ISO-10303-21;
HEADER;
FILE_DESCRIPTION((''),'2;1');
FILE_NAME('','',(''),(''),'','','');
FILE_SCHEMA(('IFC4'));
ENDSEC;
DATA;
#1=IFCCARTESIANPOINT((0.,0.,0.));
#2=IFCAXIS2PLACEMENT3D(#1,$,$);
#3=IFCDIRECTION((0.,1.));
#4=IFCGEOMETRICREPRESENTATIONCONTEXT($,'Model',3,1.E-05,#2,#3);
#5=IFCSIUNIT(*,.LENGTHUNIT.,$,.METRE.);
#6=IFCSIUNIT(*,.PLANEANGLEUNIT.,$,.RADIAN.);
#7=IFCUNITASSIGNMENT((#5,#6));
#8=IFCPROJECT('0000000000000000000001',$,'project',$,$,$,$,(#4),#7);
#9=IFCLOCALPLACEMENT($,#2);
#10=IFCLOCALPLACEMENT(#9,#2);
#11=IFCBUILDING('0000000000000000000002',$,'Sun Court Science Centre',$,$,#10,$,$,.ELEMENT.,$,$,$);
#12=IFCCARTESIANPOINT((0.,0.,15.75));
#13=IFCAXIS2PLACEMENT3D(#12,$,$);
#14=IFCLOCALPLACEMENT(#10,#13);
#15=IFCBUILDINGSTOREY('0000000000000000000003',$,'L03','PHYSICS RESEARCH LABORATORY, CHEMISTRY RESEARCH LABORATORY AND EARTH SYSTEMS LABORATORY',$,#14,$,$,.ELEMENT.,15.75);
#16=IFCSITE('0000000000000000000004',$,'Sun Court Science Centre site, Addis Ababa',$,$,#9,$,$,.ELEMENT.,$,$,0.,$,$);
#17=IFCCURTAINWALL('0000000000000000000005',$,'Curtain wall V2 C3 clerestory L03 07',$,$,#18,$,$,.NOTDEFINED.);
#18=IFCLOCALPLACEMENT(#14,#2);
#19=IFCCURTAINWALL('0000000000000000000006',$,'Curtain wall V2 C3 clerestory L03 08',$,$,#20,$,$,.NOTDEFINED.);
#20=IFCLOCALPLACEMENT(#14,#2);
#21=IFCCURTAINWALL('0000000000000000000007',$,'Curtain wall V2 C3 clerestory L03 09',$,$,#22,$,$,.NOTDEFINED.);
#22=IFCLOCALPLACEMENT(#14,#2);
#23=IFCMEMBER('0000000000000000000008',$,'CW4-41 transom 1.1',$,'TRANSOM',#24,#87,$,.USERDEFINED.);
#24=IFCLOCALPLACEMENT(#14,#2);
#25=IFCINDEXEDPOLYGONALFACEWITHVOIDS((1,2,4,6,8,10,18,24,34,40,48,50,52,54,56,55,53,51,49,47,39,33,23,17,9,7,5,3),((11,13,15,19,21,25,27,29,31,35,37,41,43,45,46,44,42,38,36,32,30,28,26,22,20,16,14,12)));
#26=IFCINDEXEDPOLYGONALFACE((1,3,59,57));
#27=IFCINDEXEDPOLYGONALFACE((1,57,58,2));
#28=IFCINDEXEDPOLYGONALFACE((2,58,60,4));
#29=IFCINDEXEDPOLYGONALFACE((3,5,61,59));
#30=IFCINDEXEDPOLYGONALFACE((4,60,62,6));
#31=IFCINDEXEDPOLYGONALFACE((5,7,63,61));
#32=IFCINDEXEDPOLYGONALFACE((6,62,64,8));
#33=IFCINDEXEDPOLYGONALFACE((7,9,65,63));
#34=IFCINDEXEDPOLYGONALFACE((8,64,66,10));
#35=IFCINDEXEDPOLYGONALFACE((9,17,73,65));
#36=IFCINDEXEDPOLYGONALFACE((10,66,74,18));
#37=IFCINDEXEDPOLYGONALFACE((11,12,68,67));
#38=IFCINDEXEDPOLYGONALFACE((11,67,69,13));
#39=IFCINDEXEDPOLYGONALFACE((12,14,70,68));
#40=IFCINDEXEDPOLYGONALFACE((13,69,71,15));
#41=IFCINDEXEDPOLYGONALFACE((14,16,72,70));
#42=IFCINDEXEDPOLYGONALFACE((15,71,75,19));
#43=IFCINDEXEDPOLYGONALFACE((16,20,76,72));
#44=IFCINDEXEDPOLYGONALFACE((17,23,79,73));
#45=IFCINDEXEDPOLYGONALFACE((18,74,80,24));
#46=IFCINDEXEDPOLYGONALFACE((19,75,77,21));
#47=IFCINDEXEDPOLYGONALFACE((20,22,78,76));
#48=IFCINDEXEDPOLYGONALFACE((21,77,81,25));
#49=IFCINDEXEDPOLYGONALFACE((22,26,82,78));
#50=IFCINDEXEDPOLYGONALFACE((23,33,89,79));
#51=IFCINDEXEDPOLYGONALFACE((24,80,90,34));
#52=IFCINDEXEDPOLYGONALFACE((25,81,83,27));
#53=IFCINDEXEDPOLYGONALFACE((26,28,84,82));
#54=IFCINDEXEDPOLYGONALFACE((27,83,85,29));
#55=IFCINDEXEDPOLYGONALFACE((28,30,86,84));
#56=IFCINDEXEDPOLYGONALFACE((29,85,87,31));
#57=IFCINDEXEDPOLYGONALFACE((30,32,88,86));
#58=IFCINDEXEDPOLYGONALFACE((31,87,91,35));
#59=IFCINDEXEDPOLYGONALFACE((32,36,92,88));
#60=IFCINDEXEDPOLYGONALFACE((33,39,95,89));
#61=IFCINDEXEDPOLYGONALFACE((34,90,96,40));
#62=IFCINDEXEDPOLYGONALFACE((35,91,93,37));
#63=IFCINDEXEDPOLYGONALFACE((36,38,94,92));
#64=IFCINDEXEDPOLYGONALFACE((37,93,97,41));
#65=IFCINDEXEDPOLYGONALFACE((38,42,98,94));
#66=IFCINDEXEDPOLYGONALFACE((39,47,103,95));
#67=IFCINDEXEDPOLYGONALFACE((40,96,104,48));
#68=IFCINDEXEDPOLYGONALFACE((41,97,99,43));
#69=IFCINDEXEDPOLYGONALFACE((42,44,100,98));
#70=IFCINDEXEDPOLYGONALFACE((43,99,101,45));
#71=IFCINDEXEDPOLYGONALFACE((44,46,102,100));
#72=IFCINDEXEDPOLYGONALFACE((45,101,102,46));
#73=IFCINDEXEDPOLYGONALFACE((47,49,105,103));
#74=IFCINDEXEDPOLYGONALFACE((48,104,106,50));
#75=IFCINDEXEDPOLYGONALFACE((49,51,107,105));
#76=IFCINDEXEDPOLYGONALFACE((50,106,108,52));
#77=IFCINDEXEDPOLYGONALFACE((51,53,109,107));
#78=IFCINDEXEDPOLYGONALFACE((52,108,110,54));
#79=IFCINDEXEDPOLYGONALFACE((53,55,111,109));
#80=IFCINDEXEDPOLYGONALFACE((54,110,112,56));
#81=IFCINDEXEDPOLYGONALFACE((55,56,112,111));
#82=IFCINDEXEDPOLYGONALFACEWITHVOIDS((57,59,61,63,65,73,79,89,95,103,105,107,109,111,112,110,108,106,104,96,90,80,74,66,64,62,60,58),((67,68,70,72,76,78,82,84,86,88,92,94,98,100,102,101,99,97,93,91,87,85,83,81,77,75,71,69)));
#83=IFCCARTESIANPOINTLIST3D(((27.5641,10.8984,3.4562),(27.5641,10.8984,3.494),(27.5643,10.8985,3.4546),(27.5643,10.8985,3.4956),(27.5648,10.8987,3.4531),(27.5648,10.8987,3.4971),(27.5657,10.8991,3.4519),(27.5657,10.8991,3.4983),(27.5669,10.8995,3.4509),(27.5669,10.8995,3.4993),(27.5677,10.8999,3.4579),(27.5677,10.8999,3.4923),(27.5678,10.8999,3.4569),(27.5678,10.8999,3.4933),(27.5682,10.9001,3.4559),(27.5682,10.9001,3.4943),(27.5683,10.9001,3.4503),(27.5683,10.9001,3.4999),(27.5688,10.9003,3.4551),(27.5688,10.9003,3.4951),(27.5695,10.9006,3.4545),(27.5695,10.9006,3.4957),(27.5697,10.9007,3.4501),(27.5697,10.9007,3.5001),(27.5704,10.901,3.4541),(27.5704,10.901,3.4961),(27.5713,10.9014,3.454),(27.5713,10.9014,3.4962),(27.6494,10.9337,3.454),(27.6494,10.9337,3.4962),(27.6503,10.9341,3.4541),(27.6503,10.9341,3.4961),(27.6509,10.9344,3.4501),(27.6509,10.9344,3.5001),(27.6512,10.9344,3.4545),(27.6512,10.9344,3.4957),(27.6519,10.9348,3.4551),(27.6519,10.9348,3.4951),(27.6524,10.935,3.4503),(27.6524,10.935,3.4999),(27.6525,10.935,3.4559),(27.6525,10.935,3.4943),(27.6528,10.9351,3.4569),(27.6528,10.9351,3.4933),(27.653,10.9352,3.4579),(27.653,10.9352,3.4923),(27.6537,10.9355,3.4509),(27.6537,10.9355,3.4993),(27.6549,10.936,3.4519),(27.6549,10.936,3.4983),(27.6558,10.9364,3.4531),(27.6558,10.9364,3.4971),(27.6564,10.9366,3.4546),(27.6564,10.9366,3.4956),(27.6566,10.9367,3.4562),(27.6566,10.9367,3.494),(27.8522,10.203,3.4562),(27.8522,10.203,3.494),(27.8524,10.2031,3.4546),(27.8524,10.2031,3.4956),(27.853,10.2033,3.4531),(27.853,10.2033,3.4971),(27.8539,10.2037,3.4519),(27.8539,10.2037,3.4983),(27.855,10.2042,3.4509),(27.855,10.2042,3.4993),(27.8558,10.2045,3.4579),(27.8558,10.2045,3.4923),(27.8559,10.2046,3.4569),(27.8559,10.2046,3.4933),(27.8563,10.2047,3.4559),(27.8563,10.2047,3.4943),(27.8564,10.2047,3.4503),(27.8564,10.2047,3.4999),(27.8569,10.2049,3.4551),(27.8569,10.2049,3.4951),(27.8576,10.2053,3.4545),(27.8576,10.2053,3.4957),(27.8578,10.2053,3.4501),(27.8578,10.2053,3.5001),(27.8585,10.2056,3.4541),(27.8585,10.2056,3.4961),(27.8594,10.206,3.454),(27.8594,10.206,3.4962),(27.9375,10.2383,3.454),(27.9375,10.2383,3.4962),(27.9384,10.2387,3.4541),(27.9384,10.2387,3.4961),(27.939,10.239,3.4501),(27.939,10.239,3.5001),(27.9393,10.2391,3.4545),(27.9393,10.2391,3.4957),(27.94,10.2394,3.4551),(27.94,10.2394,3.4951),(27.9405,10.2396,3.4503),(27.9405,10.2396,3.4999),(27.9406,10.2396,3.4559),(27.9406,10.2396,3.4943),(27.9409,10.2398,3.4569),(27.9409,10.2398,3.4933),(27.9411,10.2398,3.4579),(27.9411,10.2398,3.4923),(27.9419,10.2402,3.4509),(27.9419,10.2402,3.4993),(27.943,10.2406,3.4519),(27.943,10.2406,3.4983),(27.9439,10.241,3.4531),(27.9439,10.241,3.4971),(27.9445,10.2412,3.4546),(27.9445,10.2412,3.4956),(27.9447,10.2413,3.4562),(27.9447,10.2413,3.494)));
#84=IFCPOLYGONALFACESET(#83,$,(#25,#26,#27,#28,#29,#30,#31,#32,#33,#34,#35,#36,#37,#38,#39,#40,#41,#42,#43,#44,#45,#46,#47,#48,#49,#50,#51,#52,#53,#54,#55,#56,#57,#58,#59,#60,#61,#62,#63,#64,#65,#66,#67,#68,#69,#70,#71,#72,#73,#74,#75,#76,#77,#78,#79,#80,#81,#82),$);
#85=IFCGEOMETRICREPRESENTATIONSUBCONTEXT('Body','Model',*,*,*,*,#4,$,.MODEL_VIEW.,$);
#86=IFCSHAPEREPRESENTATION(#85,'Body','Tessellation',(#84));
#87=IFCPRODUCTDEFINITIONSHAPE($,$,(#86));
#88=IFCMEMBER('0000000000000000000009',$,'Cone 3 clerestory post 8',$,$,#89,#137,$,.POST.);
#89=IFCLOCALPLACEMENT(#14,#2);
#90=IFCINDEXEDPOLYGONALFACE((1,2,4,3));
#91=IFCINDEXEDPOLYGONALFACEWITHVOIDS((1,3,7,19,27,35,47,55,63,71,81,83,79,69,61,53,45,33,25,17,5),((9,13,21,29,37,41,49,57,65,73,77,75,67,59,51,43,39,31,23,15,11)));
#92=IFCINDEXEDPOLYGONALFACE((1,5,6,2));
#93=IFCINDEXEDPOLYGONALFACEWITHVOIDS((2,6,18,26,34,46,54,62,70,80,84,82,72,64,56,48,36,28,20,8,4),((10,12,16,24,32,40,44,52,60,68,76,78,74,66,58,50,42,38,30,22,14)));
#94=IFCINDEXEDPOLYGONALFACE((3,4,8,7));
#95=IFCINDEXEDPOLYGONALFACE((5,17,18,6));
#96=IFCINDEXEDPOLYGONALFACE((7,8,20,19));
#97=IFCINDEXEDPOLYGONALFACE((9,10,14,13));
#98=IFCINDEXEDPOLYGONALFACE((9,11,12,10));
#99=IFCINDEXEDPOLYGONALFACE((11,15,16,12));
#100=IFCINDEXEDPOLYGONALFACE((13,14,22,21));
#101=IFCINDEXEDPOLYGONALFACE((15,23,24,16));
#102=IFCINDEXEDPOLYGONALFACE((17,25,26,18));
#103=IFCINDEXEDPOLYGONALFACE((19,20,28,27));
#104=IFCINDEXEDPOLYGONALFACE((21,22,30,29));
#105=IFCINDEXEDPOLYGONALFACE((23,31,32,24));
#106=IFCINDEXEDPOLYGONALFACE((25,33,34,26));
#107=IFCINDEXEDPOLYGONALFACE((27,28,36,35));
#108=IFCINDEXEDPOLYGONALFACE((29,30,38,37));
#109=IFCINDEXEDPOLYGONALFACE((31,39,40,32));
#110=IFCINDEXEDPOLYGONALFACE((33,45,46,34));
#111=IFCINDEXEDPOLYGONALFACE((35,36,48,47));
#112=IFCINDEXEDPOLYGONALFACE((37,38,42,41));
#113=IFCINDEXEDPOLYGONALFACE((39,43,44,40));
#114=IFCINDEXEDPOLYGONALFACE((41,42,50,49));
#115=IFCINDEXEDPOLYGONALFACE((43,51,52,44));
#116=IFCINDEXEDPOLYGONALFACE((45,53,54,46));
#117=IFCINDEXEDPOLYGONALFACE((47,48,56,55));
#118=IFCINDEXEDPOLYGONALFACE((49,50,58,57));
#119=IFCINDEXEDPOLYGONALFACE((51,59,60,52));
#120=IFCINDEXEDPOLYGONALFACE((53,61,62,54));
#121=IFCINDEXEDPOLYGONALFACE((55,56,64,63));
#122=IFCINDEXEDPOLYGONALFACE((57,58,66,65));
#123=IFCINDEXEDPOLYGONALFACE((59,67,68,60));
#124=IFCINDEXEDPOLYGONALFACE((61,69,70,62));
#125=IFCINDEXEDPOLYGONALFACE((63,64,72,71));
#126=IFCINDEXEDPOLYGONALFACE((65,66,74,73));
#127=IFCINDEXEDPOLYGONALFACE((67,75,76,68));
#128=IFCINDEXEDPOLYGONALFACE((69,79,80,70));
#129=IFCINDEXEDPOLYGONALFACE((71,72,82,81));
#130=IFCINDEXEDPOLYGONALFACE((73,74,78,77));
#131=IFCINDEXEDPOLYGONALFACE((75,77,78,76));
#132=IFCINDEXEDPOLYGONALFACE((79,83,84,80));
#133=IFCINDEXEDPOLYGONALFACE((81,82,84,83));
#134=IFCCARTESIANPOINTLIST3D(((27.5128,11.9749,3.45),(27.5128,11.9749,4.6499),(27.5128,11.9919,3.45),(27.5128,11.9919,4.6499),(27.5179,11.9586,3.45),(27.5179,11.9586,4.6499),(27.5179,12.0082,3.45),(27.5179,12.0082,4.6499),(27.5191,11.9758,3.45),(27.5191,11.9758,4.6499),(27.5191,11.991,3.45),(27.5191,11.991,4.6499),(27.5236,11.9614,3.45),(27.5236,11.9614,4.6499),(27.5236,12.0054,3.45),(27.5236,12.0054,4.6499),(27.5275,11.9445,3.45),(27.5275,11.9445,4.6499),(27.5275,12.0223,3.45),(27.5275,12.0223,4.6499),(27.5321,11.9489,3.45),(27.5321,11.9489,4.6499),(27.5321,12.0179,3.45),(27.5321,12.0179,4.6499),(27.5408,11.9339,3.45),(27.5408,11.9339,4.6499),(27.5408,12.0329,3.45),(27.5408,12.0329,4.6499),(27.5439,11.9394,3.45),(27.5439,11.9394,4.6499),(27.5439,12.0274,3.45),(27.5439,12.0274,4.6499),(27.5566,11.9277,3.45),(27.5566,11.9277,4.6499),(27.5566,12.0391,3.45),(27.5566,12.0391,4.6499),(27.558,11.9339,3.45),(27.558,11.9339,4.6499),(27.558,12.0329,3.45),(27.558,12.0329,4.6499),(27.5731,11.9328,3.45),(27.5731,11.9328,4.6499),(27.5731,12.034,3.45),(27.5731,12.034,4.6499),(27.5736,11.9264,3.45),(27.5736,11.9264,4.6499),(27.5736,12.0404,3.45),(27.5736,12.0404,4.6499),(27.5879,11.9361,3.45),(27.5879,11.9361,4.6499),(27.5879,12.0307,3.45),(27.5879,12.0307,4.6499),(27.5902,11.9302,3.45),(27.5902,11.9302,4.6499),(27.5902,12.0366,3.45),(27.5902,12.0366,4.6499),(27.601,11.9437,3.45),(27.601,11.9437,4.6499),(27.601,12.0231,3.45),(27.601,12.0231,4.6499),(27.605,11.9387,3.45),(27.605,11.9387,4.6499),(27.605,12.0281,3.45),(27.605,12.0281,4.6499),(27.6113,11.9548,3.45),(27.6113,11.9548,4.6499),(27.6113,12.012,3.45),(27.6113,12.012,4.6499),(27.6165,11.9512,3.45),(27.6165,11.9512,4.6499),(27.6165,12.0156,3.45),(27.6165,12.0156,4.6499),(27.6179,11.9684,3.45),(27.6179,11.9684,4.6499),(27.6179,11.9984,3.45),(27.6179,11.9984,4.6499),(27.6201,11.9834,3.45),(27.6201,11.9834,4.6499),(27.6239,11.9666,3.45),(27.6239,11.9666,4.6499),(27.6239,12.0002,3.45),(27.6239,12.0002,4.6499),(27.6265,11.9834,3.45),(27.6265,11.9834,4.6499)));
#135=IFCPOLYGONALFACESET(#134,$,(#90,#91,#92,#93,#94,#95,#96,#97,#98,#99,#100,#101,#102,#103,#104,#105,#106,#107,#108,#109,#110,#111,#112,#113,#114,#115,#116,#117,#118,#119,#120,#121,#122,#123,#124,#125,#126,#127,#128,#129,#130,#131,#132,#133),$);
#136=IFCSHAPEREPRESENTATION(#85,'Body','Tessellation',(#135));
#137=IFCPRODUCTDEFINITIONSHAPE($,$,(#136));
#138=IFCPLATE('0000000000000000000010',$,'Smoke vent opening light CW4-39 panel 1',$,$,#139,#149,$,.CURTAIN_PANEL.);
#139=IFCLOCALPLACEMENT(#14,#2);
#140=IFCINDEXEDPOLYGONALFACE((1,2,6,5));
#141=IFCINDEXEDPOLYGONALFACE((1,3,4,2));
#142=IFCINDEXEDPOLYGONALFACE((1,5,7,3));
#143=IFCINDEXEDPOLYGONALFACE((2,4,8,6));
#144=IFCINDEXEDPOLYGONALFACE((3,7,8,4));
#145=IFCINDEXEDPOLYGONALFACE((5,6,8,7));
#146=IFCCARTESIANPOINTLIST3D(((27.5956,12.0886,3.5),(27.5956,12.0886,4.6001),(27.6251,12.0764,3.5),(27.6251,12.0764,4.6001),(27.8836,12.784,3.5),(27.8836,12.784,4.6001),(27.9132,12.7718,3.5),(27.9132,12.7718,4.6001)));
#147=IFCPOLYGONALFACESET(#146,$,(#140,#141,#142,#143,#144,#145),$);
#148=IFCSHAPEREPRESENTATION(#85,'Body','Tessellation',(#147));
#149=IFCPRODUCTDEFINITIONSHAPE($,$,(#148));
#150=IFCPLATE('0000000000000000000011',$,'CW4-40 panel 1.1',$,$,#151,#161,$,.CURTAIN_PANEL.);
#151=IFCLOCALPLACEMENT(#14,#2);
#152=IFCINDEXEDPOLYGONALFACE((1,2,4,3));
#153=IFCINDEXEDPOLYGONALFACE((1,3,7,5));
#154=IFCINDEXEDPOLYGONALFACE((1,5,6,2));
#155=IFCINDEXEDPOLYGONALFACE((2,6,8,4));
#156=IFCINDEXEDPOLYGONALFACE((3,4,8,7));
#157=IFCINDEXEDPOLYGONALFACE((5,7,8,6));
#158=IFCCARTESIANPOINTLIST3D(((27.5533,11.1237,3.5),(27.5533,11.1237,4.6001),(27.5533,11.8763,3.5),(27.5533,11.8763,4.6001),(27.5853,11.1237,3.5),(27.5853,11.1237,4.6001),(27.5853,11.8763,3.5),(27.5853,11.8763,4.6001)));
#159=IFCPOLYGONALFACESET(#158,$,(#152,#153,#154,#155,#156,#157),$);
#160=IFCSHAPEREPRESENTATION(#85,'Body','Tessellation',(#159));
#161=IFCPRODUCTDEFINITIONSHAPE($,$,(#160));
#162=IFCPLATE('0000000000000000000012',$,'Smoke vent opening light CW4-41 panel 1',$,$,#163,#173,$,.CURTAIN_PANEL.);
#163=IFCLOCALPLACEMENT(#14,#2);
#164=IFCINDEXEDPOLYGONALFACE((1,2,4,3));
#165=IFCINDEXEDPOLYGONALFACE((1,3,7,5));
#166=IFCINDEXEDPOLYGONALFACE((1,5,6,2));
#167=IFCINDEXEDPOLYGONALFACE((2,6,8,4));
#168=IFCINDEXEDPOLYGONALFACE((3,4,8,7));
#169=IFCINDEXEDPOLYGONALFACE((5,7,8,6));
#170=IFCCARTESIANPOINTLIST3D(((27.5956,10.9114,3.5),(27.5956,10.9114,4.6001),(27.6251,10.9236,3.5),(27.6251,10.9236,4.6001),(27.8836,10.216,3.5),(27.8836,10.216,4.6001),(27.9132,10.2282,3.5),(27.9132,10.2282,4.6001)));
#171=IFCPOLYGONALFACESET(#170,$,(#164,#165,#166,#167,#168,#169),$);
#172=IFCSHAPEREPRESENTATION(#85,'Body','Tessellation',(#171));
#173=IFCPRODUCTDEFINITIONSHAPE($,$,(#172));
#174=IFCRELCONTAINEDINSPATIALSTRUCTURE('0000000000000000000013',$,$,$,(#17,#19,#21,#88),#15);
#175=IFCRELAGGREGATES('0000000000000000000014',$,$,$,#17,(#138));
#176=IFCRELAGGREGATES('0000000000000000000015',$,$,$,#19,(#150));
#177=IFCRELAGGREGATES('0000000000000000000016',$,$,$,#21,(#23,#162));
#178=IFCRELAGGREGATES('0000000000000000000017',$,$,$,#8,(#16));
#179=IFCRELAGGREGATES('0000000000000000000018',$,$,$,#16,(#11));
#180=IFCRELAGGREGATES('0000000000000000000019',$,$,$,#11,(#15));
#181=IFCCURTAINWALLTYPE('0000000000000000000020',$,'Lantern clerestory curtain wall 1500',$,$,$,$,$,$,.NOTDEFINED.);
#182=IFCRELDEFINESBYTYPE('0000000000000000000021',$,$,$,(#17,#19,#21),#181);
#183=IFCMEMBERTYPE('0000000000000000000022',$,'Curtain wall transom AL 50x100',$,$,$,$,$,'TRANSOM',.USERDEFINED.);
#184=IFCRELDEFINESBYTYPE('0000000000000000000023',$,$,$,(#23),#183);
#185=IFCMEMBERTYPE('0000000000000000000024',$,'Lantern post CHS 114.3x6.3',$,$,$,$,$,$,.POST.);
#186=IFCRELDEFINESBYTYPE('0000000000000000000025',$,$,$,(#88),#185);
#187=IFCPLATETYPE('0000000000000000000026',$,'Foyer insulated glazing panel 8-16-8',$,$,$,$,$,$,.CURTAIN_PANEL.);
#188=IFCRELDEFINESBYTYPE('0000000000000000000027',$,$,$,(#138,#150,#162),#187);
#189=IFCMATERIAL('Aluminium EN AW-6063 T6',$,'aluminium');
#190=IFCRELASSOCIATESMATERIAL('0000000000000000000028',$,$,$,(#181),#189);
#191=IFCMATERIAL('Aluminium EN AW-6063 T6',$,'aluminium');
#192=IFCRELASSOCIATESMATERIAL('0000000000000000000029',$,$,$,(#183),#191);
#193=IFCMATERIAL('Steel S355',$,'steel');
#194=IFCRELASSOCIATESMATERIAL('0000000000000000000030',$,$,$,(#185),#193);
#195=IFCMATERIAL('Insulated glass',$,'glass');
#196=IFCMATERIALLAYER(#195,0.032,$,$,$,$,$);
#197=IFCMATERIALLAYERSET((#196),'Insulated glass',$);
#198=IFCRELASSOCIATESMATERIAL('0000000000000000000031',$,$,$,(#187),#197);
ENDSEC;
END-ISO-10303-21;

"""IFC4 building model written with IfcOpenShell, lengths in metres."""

from ifc_helpers import new_model, si_unit, direction, frame, origin, origin_2d, place, context, subcontext, project, spatial, rectangle, hollow_rectangle, hollow_circle, extrude, material, layer, layer_set, material_profile, profile_set, type_object, element, aggregate, save


model = new_model("IFC4")

# Units and contexts
model_context = context("Model", 3, precision=1e-05, world=origin(), true_north=direction((0.0, 1.0)))
body_context = subcontext(model_context, "Body", "Model", "MODEL_VIEW")
ifc_project = project(units=[si_unit("LENGTHUNIT", "METRE"), si_unit("PLANEANGLEUNIT", "RADIAN")], contexts=[model_context])

# Site, building, storey
site_placement = place(None, origin())
site = spatial("IfcSite", under=ifc_project, at=site_placement, Name="Sun Court Science Centre site, Addis Ababa", CompositionType="ELEMENT", RefElevation=0.0)
building_placement = place(site_placement, origin())
building = spatial("IfcBuilding", under=site, at=building_placement, Name="Sun Court Science Centre", CompositionType="ELEMENT")
storey_placement = place(building_placement, frame((0.0, 0.0, 15.75)))
storey = spatial("IfcBuildingStorey", under=building, at=storey_placement, Name="L03", Description="PHYSICS RESEARCH LABORATORY, CHEMISTRY RESEARCH LABORATORY AND EARTH SYSTEMS LABORATORY", CompositionType="ELEMENT", Elevation=15.75)

# Curtain wall
ifc_material_1 = material(Name="Aluminium EN AW-6063 T6", Category="aluminium")
curtain_wall_type = type_object("IfcCurtainWallType", Name="Lantern clerestory curtain wall 1500", PredefinedType="NOTDEFINED", material=ifc_material_1)
curtain_wall_1_placement = place(storey_placement, origin())
curtain_wall_1 = element("IfcCurtainWall", 1, at=curtain_wall_1_placement, inside=storey, type_object=curtain_wall_type, Name="Curtain wall V2 C3 clerestory L03 07", PredefinedType="NOTDEFINED")

# Curtain wall
curtain_wall_2_placement = place(storey_placement, origin())
curtain_wall_2 = element("IfcCurtainWall", 2, at=curtain_wall_2_placement, inside=storey, type_object=curtain_wall_type, Name="Curtain wall V2 C3 clerestory L03 08", PredefinedType="NOTDEFINED")

# Curtain wall
curtain_wall_3_placement = place(storey_placement, origin())
curtain_wall_3 = element("IfcCurtainWall", 3, at=curtain_wall_3_placement, inside=storey, type_object=curtain_wall_type, Name="Curtain wall V2 C3 clerestory L03 09", PredefinedType="NOTDEFINED")

# Members
ifc_material_2 = material(Name="Aluminium EN AW-6063 T6", Category="aluminium")
ifc_material_profile_1 = material_profile(ifc_material_2, hollow_rectangle(XDim=0.05, YDim=0.1001, WallThickness=0.0039, InnerFilletRadius=0.0039, OuterFilletRadius=0.0061, at=origin_2d()), Name="AL 50x100x4")
ifc_profile_set_1 = profile_set([ifc_material_profile_1], Name="Aluminium EN AW-6063 T6")
member_type_1 = type_object("IfcMemberType", Name="Curtain wall transom AL 50x100", ElementType="TRANSOM", PredefinedType="USERDEFINED", material=ifc_profile_set_1)
member_1_placement = place(storey_placement, frame((27.8984, 10.2222, 3.4751), z_axis=(-0.382772, 0.923843, 0.0), x_axis=(0.0, 0.0, 1.0)))
member_1 = element("IfcMember", 4, at=member_1_placement, type_object=member_type_1, Name="CW4-41 transom 1.1", ObjectType="TRANSOM", PredefinedType="USERDEFINED", context=body_context, shape_type="SweptSolid", body=[
    extrude(hollow_rectangle(XDim=0.05, YDim=0.1001, WallThickness=0.0039, InnerFilletRadius=0.0039, OuterFilletRadius=0.0061, at=origin_2d()), origin(), (0.0, 0.0, 1.0), 0.7527),
])
ifc_material_3 = material(Name="Steel S355", Category="steel")
ifc_material_profile_2 = material_profile(ifc_material_3, hollow_circle(Radius=0.0571, WallThickness=0.0063, at=origin_2d()), Name="CHS 114.3x6.3")
ifc_profile_set_2 = profile_set([ifc_material_profile_2], Name="Steel S355")
member_type_2 = type_object("IfcMemberType", Name="Lantern post CHS 114.3x6.3", PredefinedType="POST", material=ifc_profile_set_2)
member_2_placement = place(storey_placement, frame((27.5693, 11.9834, 3.45), z_axis=(0.0, 0.0, 1.0), x_axis=(1.0, 0.0, 0.0)))
element("IfcMember", 5, at=member_2_placement, inside=storey, type_object=member_type_2, Name="Cone 3 clerestory post 8", PredefinedType="POST", context=body_context, shape_type="SweptSolid", body=[
    extrude(hollow_circle(Radius=0.0571, WallThickness=0.0063, at=origin_2d()), origin(), (0.0, 0.0, 1.0), 1.2),
])

# Plates
ifc_material_4 = material(Name="Insulated glass", Category="glass")
ifc_layer_1 = layer(ifc_material_4, 0.032)
ifc_layer_set_1 = layer_set([ifc_layer_1], Name="Insulated glass")
plate_type = type_object("IfcPlateType", Name="Foyer insulated glazing panel 8-16-8", PredefinedType="CURTAIN_PANEL", material=ifc_layer_set_1)
plate_1_placement = place(storey_placement, frame((27.7544, 12.4302, 3.5), z_axis=(0.0, 0.0, 1.0), x_axis=(0.382683, 0.92388, 0.0)))
plate_1 = element("IfcPlate", 6, at=plate_1_placement, type_object=plate_type, Name="Smoke vent opening light CW4-39 panel 1", PredefinedType="CURTAIN_PANEL", context=body_context, shape_type="SweptSolid", body=[
    extrude(rectangle(XDim=0.7527, YDim=0.032, at=origin_2d()), origin(), (0.0, 0.0, 1.0), 1.1001),
])
aggregate(curtain_wall_1, [plate_1])
plate_2_placement = place(storey_placement, frame((27.5693, 11.5, 3.5), z_axis=(0.0, 0.0, 1.0), x_axis=(0.0, 1.0, 0.0)))
plate_2 = element("IfcPlate", 7, at=plate_2_placement, type_object=plate_type, Name="CW4-40 panel 1.1", PredefinedType="CURTAIN_PANEL", context=body_context, shape_type="SweptSolid", body=[
    extrude(rectangle(XDim=0.7527, YDim=0.032, at=origin_2d()), origin(), (0.0, 0.0, 1.0), 1.1001),
])
aggregate(curtain_wall_2, [plate_2])
plate_3_placement = place(storey_placement, frame((27.7544, 10.5698, 3.5), z_axis=(0.0, 0.0, 1.0), x_axis=(-0.382683, 0.92388, 0.0)))
plate_3 = element("IfcPlate", 8, at=plate_3_placement, type_object=plate_type, Name="Smoke vent opening light CW4-41 panel 1", PredefinedType="CURTAIN_PANEL", context=body_context, shape_type="SweptSolid", body=[
    extrude(rectangle(XDim=0.7527, YDim=0.032, at=origin_2d()), origin(), (0.0, 0.0, 1.0), 1.1001),
])
aggregate(curtain_wall_3, [member_1, plate_3])

save(model, "model.ifc")
